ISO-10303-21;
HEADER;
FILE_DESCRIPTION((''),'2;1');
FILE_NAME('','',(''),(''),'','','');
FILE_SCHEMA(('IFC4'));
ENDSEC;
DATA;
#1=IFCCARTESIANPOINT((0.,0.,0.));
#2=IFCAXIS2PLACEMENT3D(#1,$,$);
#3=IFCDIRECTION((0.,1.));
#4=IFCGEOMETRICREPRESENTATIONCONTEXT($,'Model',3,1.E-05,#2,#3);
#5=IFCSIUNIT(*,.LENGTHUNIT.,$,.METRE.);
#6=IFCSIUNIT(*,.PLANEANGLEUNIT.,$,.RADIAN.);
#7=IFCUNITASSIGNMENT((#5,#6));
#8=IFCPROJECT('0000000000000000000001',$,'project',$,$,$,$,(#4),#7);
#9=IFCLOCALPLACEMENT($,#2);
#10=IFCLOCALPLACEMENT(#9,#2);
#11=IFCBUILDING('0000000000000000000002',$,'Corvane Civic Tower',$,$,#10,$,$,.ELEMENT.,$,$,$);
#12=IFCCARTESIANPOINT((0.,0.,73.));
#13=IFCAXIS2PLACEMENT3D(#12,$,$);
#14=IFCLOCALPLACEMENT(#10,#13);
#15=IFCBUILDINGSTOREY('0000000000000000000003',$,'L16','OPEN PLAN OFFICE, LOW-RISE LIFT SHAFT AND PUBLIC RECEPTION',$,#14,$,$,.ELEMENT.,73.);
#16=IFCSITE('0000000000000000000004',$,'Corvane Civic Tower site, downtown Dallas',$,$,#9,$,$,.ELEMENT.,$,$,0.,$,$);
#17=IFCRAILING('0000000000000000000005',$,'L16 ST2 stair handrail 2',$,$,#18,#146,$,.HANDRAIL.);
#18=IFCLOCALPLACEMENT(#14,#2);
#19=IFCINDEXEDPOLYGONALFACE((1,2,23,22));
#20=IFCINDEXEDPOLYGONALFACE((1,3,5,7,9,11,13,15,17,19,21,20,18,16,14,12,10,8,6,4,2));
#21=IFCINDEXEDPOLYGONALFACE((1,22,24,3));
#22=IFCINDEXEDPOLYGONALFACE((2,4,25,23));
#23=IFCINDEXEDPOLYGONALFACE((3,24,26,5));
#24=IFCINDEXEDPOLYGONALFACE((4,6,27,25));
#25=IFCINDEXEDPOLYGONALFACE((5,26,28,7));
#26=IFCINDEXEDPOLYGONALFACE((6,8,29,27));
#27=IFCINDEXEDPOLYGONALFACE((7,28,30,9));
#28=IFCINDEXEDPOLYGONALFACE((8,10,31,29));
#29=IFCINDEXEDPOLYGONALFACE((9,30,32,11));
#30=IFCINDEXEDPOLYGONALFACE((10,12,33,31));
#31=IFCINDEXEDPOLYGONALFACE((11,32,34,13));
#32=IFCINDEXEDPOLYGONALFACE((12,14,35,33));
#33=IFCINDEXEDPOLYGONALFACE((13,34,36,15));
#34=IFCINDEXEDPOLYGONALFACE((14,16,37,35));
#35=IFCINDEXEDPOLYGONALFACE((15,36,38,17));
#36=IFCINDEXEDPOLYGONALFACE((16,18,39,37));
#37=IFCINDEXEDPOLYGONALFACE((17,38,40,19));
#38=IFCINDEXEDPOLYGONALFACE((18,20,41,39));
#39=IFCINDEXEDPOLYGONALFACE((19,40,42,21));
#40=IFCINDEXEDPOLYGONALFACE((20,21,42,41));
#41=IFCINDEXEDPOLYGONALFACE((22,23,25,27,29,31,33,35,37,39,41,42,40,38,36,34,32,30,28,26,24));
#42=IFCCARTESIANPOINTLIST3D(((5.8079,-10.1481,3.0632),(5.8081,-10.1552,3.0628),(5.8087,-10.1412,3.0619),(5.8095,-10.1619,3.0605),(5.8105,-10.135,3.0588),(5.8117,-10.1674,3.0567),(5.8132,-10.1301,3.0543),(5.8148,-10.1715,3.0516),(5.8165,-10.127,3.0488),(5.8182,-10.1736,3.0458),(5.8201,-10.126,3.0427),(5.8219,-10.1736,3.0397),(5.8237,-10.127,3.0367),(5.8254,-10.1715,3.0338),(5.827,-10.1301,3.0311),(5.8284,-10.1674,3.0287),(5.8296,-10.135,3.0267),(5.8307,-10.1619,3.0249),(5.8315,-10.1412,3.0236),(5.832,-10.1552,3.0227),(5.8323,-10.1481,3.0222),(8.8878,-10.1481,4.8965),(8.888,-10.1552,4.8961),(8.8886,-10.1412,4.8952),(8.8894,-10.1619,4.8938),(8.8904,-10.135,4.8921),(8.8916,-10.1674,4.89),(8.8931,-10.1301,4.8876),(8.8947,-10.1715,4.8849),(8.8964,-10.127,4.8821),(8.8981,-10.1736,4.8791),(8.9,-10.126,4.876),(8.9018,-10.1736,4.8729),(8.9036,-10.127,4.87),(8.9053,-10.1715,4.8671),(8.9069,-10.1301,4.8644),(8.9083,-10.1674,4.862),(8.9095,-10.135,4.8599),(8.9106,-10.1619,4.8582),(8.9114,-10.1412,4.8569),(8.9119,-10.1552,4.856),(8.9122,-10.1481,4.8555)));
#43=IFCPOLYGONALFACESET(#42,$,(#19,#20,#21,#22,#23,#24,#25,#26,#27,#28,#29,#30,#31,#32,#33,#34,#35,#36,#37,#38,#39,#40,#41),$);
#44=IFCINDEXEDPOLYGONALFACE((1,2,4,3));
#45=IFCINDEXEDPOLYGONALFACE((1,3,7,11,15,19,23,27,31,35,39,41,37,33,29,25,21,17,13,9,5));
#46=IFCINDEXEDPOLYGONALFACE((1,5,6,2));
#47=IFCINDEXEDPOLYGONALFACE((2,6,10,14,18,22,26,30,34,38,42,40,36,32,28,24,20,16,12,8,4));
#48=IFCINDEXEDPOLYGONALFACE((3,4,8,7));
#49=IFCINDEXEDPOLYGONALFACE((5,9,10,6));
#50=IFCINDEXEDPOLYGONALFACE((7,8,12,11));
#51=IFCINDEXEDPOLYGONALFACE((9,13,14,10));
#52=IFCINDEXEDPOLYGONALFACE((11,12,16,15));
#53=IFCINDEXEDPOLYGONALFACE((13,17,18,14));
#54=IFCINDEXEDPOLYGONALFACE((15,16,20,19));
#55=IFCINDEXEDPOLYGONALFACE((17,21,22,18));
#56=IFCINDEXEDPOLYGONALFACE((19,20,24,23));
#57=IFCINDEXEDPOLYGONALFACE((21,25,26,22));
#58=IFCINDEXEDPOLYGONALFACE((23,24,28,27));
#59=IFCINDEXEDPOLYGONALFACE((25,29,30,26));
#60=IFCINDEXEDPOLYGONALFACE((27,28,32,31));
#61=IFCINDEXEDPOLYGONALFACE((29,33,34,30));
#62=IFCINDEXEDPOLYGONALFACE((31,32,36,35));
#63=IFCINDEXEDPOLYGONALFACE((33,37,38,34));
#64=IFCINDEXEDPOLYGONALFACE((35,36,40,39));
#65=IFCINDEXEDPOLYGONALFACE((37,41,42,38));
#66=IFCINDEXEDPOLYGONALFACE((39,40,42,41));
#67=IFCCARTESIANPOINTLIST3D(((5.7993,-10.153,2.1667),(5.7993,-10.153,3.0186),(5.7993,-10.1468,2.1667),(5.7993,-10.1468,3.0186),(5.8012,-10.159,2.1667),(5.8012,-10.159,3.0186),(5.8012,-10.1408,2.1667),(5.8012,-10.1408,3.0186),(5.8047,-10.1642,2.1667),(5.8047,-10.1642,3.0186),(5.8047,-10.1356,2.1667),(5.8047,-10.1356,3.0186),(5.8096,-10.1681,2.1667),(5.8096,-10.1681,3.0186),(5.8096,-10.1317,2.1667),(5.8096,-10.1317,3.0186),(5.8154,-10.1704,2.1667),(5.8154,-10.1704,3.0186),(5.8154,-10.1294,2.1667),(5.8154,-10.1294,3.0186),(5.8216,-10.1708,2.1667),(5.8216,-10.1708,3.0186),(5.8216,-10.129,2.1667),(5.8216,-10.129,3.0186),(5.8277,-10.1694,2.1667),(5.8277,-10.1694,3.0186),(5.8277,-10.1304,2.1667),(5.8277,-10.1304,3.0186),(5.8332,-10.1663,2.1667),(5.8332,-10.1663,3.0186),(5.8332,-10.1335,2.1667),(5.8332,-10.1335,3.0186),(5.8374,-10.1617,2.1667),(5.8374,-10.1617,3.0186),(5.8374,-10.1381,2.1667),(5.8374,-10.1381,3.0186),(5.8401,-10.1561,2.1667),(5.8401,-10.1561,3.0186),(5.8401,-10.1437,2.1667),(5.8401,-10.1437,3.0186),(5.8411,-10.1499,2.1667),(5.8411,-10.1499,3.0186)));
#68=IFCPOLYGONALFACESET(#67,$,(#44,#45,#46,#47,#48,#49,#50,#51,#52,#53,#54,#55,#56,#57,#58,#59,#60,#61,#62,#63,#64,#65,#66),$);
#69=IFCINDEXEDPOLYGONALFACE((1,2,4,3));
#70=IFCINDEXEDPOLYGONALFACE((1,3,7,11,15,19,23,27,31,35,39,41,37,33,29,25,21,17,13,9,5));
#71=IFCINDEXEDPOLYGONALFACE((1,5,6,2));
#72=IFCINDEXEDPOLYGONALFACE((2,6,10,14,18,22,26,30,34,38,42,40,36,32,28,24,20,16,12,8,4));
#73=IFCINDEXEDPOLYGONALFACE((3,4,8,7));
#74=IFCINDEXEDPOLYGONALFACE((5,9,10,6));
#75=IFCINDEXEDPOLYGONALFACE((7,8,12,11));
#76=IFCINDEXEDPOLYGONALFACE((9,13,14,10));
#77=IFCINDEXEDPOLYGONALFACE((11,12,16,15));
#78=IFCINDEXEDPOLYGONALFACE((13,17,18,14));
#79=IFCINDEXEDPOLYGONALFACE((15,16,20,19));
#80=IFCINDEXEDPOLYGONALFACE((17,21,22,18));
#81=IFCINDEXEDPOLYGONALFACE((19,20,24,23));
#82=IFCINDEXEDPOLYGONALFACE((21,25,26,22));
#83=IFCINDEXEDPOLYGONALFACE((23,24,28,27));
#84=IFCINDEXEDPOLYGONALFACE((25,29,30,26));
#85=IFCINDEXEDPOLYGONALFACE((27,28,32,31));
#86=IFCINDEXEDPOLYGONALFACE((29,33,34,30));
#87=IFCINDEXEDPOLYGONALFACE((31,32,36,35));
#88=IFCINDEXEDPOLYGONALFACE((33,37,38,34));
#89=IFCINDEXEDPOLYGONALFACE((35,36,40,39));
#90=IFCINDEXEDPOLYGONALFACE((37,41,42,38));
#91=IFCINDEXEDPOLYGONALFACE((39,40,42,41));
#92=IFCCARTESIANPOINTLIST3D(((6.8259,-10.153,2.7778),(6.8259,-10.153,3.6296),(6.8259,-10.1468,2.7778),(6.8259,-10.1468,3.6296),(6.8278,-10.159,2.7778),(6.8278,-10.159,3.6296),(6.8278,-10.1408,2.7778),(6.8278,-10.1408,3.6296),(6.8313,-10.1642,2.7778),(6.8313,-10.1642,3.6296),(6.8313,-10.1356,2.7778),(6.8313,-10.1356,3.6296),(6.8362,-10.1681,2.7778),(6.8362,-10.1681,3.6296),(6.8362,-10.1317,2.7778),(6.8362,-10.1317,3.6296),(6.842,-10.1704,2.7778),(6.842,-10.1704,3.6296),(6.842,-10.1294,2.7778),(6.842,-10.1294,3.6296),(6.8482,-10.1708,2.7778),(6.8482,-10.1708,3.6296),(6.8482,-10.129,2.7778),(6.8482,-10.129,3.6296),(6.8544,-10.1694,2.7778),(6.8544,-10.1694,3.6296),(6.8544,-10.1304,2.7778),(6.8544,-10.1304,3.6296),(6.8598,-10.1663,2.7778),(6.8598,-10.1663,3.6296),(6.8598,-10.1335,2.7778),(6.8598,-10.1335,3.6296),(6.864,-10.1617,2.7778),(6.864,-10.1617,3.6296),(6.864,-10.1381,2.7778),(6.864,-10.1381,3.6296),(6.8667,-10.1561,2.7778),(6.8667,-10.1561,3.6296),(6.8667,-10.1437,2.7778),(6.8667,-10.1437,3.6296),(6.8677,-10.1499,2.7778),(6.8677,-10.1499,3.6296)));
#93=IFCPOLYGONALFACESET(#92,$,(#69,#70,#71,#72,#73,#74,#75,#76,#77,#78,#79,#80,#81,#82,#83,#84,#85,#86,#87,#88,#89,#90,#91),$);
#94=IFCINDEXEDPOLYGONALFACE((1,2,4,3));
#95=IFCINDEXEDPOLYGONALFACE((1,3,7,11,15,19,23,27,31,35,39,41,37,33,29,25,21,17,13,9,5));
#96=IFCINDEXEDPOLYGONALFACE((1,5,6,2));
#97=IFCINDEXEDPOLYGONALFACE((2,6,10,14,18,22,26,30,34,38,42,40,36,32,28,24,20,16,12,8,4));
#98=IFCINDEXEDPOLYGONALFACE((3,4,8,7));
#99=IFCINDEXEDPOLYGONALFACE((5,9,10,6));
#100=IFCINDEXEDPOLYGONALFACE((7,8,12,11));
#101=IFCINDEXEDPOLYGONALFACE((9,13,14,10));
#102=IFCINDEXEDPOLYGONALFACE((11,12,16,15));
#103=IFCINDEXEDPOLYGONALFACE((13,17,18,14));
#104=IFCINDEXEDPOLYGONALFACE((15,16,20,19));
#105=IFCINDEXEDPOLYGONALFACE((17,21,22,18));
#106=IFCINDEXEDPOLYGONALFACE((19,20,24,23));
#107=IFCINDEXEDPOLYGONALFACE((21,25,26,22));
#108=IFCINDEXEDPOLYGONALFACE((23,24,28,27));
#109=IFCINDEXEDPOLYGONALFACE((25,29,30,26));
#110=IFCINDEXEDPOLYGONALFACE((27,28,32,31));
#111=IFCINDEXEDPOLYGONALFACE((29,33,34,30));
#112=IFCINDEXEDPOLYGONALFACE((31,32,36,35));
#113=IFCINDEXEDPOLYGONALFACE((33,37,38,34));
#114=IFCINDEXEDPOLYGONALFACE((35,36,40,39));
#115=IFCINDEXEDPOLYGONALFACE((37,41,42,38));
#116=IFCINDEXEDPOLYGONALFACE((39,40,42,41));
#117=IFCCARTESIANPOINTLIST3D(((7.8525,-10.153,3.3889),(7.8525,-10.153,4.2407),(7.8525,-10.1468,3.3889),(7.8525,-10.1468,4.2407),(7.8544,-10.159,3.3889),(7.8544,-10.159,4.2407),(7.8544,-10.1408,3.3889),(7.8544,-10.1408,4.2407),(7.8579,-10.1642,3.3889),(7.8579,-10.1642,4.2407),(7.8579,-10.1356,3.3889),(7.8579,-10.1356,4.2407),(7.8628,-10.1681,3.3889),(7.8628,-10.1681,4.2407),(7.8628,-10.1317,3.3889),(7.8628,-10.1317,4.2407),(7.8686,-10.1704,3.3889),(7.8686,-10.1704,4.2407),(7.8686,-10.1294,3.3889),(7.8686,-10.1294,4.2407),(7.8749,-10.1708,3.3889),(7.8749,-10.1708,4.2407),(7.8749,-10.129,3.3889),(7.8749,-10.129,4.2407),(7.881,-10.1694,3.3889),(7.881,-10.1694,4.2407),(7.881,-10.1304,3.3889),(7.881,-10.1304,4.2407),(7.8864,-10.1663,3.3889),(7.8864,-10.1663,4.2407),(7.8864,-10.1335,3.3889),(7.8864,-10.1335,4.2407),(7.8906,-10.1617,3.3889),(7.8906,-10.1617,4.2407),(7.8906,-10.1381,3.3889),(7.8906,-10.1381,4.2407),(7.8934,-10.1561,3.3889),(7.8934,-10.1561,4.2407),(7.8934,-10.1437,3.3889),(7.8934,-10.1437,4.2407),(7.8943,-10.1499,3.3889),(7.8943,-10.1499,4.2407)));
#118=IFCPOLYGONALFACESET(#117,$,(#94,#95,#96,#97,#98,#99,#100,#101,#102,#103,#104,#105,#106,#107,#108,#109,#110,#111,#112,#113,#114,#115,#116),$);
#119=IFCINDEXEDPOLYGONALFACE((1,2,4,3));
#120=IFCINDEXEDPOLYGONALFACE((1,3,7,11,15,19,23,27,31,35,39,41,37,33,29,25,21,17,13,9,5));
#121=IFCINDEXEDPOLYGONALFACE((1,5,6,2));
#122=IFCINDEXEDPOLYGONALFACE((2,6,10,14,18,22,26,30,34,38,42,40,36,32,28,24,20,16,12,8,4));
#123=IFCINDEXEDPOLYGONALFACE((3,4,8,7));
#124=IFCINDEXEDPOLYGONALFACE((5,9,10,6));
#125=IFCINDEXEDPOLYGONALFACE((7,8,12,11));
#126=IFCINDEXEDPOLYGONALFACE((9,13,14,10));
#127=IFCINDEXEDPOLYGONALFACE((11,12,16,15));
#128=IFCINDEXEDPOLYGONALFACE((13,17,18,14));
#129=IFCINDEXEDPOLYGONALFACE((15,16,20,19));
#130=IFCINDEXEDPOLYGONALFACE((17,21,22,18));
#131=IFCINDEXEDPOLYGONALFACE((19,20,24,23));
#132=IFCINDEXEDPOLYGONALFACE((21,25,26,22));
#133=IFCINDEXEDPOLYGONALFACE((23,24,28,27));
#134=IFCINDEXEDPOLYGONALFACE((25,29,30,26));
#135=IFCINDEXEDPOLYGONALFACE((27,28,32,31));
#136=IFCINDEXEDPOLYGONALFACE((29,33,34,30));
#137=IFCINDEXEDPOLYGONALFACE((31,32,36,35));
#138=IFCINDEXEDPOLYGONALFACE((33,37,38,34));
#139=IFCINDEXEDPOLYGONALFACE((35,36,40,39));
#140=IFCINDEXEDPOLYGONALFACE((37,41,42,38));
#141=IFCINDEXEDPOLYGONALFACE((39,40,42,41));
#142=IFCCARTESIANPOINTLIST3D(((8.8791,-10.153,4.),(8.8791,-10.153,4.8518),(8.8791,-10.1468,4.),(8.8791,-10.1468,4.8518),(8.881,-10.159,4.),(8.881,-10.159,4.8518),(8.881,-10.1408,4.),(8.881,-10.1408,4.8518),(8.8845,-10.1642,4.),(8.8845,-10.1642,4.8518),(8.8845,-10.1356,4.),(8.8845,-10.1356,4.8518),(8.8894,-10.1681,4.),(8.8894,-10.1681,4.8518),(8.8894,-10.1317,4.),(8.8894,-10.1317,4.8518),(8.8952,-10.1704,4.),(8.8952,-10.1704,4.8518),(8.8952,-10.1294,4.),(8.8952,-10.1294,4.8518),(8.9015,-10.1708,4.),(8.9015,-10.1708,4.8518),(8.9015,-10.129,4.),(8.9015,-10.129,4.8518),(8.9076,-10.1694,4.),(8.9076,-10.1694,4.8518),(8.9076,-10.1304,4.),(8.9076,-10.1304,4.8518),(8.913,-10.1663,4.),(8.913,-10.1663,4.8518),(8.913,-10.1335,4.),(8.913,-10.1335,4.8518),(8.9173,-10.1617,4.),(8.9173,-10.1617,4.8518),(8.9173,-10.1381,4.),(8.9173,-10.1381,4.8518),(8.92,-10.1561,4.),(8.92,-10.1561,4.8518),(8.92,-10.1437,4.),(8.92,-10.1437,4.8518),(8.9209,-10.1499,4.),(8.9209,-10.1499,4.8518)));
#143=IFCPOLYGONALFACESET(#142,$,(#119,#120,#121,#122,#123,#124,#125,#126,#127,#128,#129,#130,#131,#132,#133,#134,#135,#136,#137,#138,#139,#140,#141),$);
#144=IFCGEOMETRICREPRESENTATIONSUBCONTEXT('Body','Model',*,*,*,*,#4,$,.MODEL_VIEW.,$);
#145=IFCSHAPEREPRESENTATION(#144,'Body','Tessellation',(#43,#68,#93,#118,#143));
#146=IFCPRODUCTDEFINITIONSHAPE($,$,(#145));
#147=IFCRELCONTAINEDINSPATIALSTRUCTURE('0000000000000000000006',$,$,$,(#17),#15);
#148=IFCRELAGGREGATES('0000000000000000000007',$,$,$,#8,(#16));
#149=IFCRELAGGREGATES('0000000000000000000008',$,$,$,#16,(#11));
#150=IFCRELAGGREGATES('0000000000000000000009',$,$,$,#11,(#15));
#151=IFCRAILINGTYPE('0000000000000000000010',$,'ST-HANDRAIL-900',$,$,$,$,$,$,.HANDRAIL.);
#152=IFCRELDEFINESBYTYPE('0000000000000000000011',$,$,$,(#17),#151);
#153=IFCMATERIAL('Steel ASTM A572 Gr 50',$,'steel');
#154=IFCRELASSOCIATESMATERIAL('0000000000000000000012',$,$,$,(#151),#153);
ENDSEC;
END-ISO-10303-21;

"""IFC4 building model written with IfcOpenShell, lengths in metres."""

from ifc_helpers import new_model, si_unit, direction, frame, origin, origin_2d, place, context, subcontext, project, spatial, circle, extrude, material, type_object, element, save


model = new_model("IFC4")

# Units and contexts
model_context = context("Model", 3, precision=1e-05, world=origin(), true_north=direction((0.0, 1.0)))
body_context = subcontext(model_context, "Body", "Model", "MODEL_VIEW")
ifc_project = project(units=[si_unit("LENGTHUNIT", "METRE"), si_unit("PLANEANGLEUNIT", "RADIAN")], contexts=[model_context])

# Site, building, storey
site_placement = place(None, origin())
site = spatial("IfcSite", under=ifc_project, at=site_placement, Name="Corvane Civic Tower site, downtown Dallas", CompositionType="ELEMENT", RefElevation=0.0)
building_placement = place(site_placement, origin())
building = spatial("IfcBuilding", under=site, at=building_placement, Name="Corvane Civic Tower", CompositionType="ELEMENT")
storey_placement = place(building_placement, frame((0.0, 0.0, 73.0)))
storey = spatial("IfcBuildingStorey", under=building, at=storey_placement, Name="L16", Description="OPEN PLAN OFFICE, LOW-RISE LIFT SHAFT AND PUBLIC RECEPTION", CompositionType="ELEMENT", Elevation=73.0)

# Railing
ifc_material_1 = material(Name="Steel ASTM A572 Gr 50", Category="steel")
railing_type_1 = type_object("IfcRailingType", Name="ST-HANDRAIL-900", PredefinedType="HANDRAIL", material=ifc_material_1)
railing_1_placement = place(storey_placement, frame((5.8201, -10.1499, 2.1667)))
element("IfcRailing", 1, at=railing_1_placement, inside=storey, type_object=railing_type_1, Name="L16 ST2 stair handrail 2", PredefinedType="HANDRAIL", context=body_context, shape_type="SweptSolid", body=[
    extrude(circle(Radius=0.0239, at=origin_2d()), frame((0.0, 0.0, 0.876), z_axis=(0.859291, 0.0, 0.511487), x_axis=(0.0, 1.0, 0.0)), (0.0, 0.0, 1.0), 3.5842),
    extrude(circle(Radius=0.021, at=origin_2d()), origin(), (0.0, 0.0, 1.0), 0.8518),
    extrude(circle(Radius=0.021, at=origin_2d()), frame((1.0266, 0.0, 0.6111)), (0.0, 0.0, 1.0), 0.8518),
    extrude(circle(Radius=0.021, at=origin_2d()), frame((2.0532, 0.0, 1.2222)), (0.0, 0.0, 1.0), 0.8518),
    extrude(circle(Radius=0.021, at=origin_2d()), frame((3.0798, 0.0, 1.8333)), (0.0, 0.0, 1.0), 0.8518),
])

save(model, "model.ifc")
